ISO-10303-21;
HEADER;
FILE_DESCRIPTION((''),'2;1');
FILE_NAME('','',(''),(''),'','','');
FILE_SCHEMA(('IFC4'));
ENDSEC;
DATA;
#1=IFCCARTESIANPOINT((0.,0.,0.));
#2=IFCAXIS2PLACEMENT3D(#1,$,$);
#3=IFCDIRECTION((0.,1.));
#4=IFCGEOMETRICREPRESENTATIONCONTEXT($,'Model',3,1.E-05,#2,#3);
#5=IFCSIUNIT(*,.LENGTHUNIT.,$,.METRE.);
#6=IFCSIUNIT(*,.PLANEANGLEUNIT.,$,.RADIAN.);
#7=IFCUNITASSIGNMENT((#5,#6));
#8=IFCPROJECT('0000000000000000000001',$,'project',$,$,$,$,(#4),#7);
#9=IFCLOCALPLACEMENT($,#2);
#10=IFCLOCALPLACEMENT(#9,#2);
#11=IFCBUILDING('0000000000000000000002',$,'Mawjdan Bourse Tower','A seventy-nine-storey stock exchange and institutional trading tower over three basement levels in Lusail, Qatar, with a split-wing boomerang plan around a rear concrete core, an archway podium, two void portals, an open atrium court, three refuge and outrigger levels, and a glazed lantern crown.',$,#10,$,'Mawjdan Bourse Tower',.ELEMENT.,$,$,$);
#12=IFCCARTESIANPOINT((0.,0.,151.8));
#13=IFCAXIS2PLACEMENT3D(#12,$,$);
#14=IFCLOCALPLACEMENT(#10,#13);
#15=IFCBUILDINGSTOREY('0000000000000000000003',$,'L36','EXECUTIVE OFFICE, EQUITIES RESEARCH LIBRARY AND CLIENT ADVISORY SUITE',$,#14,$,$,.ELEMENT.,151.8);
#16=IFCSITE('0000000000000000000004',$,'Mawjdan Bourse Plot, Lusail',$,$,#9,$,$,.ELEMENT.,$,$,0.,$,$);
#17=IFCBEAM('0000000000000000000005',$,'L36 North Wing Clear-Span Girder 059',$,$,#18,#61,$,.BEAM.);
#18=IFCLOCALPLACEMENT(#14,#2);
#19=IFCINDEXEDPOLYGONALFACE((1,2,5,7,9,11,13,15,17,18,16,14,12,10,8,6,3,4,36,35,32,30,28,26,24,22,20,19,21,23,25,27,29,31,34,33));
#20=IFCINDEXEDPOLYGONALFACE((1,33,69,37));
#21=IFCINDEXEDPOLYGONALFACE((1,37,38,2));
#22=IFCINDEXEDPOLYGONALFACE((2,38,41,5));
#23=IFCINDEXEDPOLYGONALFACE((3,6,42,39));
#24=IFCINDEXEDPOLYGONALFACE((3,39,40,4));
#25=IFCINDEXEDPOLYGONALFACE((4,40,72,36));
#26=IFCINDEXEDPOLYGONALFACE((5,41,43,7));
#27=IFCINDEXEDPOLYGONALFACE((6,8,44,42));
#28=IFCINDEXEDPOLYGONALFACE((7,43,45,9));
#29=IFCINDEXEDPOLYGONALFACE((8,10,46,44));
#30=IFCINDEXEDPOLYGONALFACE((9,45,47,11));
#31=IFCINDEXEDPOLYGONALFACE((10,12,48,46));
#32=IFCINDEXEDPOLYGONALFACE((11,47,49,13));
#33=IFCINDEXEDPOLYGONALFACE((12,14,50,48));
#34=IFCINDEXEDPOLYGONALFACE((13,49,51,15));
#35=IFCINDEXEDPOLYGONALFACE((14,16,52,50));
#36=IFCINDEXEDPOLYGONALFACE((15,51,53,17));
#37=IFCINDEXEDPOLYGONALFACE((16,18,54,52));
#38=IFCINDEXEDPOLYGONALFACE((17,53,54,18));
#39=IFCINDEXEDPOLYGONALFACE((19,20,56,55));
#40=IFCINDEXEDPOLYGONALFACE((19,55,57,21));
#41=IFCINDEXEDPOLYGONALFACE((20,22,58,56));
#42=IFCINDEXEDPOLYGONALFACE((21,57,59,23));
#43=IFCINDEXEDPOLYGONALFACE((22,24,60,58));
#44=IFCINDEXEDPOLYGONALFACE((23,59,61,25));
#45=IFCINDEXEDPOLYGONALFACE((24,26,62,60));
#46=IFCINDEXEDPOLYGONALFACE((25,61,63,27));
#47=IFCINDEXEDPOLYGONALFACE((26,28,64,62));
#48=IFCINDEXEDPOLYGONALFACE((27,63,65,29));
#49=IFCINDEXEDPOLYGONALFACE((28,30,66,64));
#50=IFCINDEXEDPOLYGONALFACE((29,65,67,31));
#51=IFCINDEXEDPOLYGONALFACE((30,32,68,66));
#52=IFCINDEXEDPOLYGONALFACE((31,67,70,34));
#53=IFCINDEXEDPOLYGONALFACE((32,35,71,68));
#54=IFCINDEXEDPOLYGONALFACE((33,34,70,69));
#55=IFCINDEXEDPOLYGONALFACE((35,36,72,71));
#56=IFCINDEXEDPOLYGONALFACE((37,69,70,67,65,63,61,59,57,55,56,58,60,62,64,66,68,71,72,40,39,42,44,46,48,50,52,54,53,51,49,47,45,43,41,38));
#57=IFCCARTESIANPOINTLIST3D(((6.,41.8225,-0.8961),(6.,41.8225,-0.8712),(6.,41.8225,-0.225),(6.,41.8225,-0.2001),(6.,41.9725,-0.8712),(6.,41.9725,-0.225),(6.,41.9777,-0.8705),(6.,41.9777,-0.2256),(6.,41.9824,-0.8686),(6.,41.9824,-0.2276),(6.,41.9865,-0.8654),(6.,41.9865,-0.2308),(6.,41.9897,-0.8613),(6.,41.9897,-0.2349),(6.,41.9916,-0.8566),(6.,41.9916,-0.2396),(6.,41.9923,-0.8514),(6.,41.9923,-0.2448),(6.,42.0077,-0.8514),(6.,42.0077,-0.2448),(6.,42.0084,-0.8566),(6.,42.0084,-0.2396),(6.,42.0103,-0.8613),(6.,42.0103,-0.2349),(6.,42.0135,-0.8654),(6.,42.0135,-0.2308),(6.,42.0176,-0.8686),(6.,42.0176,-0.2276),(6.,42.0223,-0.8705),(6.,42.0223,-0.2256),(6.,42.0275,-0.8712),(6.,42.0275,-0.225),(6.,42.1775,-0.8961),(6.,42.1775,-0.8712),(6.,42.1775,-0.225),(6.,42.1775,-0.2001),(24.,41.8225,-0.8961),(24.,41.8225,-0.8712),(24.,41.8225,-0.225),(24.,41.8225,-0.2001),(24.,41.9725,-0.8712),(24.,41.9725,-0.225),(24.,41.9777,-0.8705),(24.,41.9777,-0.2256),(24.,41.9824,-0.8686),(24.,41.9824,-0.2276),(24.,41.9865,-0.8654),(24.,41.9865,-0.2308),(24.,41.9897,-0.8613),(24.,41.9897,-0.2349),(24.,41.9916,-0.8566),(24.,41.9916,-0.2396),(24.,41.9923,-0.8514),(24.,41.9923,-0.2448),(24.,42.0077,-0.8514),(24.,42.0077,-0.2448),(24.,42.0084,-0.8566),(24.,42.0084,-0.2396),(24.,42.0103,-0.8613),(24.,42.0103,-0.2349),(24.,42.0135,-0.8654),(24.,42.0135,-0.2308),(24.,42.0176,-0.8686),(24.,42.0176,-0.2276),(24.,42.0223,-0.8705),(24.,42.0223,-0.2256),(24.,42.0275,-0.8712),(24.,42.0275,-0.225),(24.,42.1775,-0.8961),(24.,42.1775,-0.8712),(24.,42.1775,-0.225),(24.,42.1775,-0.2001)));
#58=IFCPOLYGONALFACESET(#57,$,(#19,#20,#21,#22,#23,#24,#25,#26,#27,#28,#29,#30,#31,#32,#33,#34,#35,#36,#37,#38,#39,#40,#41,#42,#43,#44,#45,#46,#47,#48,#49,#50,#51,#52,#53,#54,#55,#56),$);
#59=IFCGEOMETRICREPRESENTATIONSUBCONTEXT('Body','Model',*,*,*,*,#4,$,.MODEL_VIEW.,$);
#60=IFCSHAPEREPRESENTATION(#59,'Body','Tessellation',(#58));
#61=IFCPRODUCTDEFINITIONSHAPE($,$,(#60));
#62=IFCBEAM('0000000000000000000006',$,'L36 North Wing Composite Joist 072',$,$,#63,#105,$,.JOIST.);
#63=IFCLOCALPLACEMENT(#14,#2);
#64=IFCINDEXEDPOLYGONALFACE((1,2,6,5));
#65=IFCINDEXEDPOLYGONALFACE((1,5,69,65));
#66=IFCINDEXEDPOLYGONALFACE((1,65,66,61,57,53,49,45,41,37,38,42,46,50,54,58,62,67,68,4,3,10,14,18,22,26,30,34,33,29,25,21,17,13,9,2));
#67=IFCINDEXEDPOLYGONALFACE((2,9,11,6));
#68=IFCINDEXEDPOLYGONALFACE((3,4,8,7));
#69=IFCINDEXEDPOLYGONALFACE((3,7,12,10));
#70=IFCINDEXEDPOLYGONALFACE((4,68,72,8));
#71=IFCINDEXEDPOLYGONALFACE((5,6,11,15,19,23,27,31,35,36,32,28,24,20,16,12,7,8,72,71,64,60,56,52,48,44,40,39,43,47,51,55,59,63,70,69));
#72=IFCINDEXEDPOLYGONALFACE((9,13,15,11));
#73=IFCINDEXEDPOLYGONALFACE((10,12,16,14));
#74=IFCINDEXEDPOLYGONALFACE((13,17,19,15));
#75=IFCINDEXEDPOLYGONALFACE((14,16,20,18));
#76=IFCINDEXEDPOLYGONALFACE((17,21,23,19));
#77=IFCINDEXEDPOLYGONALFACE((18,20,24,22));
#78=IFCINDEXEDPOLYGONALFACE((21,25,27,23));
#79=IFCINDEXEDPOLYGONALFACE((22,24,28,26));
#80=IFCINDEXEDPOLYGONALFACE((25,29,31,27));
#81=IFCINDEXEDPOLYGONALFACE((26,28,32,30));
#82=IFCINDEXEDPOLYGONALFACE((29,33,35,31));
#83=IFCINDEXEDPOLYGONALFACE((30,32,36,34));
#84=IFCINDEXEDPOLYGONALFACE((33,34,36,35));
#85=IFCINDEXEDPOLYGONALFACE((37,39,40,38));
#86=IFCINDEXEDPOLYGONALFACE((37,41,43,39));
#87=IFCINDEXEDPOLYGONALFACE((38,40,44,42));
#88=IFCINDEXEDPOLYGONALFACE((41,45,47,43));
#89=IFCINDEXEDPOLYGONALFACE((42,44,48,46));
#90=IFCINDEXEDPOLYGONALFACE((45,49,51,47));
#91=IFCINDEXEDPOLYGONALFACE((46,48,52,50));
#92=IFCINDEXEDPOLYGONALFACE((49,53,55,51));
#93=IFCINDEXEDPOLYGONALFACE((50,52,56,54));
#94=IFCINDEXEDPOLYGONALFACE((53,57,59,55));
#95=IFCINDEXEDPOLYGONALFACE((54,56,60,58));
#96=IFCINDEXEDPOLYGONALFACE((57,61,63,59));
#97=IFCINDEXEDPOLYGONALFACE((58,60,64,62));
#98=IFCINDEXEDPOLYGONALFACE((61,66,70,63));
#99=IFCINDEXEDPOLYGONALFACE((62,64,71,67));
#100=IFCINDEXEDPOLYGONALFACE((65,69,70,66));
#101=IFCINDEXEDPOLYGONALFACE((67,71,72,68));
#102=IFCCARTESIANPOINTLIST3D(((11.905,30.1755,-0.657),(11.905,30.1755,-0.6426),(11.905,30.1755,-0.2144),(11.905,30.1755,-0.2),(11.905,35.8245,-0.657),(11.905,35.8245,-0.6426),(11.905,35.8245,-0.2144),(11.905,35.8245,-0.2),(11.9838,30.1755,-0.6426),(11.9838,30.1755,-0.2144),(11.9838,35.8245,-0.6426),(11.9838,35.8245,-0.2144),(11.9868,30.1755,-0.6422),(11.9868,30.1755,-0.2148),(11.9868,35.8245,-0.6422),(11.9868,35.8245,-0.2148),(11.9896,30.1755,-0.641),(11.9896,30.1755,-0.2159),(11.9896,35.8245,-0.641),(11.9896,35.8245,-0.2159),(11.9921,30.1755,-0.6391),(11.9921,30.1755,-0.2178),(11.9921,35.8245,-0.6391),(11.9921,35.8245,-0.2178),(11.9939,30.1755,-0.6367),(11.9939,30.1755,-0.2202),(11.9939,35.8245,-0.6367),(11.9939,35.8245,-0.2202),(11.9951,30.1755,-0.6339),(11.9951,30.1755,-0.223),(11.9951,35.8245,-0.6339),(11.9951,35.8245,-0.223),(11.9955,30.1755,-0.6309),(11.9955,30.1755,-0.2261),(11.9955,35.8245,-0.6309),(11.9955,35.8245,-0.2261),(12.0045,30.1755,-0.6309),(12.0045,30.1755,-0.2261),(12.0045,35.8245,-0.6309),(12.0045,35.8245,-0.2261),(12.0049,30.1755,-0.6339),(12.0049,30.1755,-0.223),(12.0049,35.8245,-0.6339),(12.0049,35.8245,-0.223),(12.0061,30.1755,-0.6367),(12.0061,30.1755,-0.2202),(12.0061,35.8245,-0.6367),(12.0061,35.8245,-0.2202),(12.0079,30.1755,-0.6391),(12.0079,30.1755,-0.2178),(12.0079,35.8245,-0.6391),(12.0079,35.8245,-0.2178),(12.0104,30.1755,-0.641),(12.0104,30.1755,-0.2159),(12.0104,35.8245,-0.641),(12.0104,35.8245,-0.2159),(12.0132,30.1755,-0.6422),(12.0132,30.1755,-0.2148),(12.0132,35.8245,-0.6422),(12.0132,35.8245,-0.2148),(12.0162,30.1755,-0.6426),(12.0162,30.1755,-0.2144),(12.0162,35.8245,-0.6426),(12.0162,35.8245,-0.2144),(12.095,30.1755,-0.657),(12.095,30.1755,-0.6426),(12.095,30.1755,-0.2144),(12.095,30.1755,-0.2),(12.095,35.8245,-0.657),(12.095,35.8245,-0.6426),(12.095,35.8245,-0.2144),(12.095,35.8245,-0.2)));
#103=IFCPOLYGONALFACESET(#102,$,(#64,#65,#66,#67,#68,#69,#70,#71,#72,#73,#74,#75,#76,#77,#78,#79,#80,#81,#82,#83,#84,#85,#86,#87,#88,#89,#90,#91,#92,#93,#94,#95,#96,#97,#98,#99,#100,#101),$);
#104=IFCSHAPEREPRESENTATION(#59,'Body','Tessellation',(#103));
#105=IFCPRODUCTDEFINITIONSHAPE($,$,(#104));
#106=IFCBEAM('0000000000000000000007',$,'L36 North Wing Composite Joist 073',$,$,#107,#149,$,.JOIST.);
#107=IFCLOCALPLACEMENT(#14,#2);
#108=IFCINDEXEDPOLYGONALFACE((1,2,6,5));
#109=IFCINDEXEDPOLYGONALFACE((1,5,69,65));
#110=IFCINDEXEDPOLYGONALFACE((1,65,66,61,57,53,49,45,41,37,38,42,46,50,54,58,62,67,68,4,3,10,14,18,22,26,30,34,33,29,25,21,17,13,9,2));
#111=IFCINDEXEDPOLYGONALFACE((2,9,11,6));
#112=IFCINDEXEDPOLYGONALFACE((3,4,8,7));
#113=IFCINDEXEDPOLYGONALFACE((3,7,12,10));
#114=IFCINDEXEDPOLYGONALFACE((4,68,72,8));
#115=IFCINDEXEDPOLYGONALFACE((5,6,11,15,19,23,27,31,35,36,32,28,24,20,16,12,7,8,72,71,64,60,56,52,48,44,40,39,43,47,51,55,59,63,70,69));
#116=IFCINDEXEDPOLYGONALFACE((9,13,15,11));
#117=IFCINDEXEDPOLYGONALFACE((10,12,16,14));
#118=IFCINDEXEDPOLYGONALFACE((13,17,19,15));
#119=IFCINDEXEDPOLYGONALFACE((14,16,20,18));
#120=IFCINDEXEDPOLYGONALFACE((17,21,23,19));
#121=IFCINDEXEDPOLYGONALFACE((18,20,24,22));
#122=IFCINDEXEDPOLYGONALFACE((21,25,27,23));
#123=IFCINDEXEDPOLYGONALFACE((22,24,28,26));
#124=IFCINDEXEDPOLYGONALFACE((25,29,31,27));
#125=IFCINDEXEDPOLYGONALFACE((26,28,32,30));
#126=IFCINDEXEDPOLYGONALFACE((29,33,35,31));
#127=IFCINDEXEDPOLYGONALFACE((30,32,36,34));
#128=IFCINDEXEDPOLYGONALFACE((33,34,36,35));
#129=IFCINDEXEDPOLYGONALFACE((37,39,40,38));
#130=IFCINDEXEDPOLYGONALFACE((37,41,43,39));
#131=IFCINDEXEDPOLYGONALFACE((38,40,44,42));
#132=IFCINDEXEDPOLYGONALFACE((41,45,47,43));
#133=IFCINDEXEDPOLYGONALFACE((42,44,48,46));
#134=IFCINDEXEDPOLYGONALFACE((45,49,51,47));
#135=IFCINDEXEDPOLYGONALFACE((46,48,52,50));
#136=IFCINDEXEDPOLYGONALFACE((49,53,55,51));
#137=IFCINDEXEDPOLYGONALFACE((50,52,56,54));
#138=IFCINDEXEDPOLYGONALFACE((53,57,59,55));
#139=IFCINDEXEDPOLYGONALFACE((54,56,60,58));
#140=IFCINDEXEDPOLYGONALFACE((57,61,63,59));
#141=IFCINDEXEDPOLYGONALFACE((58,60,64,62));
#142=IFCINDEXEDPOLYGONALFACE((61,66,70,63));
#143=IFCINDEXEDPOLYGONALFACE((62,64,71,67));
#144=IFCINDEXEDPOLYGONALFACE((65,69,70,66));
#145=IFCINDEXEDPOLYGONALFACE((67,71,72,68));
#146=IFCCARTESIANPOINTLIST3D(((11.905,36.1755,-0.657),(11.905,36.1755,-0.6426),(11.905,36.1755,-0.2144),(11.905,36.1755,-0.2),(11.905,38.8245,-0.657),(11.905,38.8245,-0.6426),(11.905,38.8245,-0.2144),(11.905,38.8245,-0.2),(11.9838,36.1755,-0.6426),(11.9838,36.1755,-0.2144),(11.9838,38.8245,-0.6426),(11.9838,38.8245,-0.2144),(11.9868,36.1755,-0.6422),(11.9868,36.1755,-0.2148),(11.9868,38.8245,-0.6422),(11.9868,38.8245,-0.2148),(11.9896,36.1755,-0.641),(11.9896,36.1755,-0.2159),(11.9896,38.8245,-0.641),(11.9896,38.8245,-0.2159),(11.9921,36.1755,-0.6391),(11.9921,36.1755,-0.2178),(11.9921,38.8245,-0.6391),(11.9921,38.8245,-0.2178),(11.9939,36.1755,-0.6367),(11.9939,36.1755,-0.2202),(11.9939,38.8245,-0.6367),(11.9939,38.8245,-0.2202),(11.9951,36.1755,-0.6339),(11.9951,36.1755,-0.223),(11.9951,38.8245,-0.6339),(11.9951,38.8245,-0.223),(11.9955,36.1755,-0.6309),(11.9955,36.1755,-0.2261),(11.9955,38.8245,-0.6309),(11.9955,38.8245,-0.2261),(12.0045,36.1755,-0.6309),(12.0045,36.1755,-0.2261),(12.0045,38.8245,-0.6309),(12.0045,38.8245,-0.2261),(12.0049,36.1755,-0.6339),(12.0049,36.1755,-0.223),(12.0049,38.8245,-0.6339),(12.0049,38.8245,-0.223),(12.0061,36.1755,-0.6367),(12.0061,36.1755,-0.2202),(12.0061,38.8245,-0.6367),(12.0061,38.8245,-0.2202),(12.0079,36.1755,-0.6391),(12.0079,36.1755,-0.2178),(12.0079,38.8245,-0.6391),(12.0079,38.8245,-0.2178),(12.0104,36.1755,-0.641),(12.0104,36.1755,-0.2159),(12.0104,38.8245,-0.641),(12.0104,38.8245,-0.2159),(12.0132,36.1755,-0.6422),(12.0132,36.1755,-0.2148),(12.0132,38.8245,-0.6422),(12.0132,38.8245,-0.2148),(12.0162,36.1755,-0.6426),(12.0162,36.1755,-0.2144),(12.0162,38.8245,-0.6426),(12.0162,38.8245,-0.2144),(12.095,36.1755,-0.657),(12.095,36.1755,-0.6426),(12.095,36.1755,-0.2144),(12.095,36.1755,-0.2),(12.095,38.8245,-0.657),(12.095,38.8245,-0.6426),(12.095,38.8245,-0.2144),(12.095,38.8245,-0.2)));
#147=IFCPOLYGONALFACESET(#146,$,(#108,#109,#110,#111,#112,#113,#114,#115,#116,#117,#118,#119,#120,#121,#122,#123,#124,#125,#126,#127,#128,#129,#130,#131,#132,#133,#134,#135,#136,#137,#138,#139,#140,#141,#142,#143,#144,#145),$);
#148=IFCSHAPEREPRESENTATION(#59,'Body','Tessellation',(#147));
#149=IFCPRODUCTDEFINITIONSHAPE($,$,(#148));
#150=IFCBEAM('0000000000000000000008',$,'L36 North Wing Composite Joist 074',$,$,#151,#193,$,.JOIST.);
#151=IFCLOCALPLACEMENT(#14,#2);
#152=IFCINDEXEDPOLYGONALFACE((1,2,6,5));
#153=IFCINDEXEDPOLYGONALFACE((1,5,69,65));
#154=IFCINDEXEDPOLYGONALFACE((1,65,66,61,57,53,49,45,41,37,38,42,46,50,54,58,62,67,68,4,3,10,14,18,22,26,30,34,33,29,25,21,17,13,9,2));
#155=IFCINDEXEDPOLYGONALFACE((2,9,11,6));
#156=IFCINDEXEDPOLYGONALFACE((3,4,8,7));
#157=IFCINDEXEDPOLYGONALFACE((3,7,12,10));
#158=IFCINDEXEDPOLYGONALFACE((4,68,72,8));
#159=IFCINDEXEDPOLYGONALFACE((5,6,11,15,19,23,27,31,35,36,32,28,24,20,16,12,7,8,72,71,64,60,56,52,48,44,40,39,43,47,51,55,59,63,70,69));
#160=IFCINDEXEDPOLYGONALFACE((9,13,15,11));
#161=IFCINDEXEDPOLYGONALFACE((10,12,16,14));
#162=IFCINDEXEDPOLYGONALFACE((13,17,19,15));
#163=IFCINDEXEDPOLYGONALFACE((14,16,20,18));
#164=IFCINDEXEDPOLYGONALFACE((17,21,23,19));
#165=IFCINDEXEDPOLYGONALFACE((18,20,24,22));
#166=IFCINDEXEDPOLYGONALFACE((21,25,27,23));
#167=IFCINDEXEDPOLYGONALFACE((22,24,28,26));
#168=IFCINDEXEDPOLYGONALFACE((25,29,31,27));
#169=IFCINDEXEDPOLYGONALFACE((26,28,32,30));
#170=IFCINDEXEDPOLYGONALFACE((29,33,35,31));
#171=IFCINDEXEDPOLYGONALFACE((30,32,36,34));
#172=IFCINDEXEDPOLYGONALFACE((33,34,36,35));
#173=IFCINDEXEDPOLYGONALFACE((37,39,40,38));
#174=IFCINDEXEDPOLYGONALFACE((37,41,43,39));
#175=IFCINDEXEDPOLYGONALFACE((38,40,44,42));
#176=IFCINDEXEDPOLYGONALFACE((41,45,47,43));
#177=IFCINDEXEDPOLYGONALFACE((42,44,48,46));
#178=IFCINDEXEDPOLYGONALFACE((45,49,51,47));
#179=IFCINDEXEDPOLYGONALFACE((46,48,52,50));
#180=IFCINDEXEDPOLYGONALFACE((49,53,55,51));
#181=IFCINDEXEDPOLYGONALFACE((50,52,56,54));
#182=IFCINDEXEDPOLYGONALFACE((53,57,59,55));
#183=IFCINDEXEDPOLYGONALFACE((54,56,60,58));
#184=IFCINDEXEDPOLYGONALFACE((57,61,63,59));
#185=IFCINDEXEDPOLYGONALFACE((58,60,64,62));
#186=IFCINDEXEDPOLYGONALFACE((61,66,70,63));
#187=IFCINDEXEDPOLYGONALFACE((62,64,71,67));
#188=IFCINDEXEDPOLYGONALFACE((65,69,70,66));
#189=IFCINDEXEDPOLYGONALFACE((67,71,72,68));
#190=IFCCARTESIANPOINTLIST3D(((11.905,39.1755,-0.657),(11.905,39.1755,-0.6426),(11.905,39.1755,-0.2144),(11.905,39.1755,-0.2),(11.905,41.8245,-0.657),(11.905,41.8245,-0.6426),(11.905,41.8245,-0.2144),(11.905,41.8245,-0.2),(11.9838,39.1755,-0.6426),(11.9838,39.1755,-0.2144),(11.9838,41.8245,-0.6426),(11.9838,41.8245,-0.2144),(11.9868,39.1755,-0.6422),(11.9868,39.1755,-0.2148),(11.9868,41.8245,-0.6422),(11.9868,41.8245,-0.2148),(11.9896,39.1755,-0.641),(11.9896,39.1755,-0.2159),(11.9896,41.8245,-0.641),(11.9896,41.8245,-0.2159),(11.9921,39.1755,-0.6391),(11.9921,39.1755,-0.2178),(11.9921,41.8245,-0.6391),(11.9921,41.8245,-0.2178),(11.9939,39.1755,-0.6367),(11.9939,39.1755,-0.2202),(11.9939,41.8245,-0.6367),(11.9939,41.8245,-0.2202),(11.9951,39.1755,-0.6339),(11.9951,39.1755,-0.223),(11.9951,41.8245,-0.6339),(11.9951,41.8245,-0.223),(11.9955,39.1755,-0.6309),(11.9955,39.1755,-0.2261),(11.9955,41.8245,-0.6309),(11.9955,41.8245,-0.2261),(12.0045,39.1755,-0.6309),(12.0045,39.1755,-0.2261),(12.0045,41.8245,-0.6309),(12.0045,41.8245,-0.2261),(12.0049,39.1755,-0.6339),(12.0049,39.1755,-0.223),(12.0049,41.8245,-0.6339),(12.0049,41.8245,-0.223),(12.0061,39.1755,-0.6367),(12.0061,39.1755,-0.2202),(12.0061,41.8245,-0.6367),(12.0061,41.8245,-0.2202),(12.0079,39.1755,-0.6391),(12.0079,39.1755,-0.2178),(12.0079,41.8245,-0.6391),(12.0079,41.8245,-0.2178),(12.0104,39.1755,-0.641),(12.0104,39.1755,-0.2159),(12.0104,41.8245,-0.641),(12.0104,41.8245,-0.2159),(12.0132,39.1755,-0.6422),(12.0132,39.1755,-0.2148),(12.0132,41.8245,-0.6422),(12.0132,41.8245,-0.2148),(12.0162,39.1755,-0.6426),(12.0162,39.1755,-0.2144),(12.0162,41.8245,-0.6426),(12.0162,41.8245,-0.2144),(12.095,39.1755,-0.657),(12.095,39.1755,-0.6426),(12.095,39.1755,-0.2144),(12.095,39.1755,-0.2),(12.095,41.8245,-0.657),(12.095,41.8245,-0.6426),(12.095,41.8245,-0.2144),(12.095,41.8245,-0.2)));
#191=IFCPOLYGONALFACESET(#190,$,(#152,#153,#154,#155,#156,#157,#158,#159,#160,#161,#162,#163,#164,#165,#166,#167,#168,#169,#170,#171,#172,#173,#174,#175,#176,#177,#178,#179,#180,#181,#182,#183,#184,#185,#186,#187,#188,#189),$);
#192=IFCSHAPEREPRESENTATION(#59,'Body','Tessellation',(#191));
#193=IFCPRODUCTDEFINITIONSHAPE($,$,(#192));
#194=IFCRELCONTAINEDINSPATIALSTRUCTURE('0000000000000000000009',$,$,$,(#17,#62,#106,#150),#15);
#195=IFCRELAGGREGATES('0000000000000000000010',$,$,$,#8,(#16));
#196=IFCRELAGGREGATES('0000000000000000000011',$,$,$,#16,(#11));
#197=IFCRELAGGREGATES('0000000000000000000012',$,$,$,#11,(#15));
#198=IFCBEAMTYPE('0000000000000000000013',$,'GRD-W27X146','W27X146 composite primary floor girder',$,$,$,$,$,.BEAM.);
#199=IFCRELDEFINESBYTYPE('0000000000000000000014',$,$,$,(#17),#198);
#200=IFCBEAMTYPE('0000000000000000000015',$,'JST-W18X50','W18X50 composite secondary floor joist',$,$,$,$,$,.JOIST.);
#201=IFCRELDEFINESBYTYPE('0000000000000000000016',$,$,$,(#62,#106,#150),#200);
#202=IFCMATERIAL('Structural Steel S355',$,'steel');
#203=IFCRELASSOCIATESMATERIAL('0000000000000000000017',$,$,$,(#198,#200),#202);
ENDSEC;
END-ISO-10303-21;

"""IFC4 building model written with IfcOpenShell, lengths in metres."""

from ifc_helpers import new_model, si_unit, direction, frame, origin, origin_2d, place, context, subcontext, project, spatial, i_section, extrude, material, material_profile, profile_set, type_object, element, save


model = new_model("IFC4")

# Units and contexts
model_context = context("Model", 3, precision=1e-05, world=origin(), true_north=direction((0.0, 1.0)))
body_context = subcontext(model_context, "Body", "Model", "MODEL_VIEW")
ifc_project = project(units=[si_unit("LENGTHUNIT", "METRE"), si_unit("PLANEANGLEUNIT", "RADIAN")], contexts=[model_context])

# Site, building, storey
site_placement = place(None, origin())
site = spatial("IfcSite", under=ifc_project, at=site_placement, Name="Mawjdan Bourse Plot, Lusail", CompositionType="ELEMENT", RefElevation=0.0)
building_placement = place(site_placement, origin())
building = spatial("IfcBuilding", under=site, at=building_placement, Name="Mawjdan Bourse Tower", Description="A seventy-nine-storey stock exchange and institutional trading tower over three basement levels in Lusail, Qatar, with a split-wing boomerang plan around a rear concrete core, an archway podium, two void portals, an open atrium court, three refuge and outrigger levels, and a glazed lantern crown.", LongName="Mawjdan Bourse Tower", CompositionType="ELEMENT")
storey_placement = place(building_placement, frame((0.0, 0.0, 151.8)))
storey = spatial("IfcBuildingStorey", under=building, at=storey_placement, Name="L36", Description="EXECUTIVE OFFICE, EQUITIES RESEARCH LIBRARY AND CLIENT ADVISORY SUITE", CompositionType="ELEMENT", Elevation=151.8)

# Beams
ifc_material_1 = material(Name="Structural Steel S355", Category="steel")
ifc_material_profile_1 = material_profile(ifc_material_1, i_section(OverallWidth=0.355, OverallDepth=0.696, WebThickness=0.0154, FlangeThickness=0.0249, FilletRadius=0.0198, at=origin_2d()), Name="W27X146")
ifc_profile_set_1 = profile_set([ifc_material_profile_1], Name="Structural Steel S355")
beam_type_1 = type_object("IfcBeamType", Name="GRD-W27X146", Description="W27X146 composite primary floor girder", PredefinedType="BEAM", material=ifc_profile_set_1)
for number, where, z_axis, x_axis, name in (
    (1, (6.0, 42.0, -0.5481), (1.0, 0.0, 0.0), (0.0, 1.0, 0.0), "L36 North Wing Clear-Span Girder 059"),
):
    element("IfcBeam", number, at=place(storey_placement, frame(where, z_axis=z_axis, x_axis=x_axis)), inside=storey, type_object=beam_type_1, Name=name, PredefinedType="BEAM", context=body_context, shape_type="SweptSolid", body=[
        extrude(i_section(OverallWidth=0.355, OverallDepth=0.696, WebThickness=0.0154, FlangeThickness=0.0249, FilletRadius=0.0198, at=origin_2d()), origin(), (0.0, 0.0, 1.0), 18.0),
    ])
ifc_material_profile_2 = material_profile(ifc_material_1, i_section(OverallWidth=0.1899, OverallDepth=0.457, WebThickness=0.009, FlangeThickness=0.0144, FilletRadius=0.0117, at=origin_2d()), Name="W18X50")
ifc_profile_set_2 = profile_set([ifc_material_profile_2], Name="Structural Steel S355")
beam_type_2 = type_object("IfcBeamType", Name="JST-W18X50", Description="W18X50 composite secondary floor joist", PredefinedType="JOIST", material=ifc_profile_set_2)
beam_1_placement = place(storey_placement, frame((12.0, 30.1755, -0.4285), z_axis=(0.0, 1.0, 0.0), x_axis=(-1.0, 0.0, 0.0)))
element("IfcBeam", 2, at=beam_1_placement, inside=storey, type_object=beam_type_2, Name="L36 North Wing Composite Joist 072", PredefinedType="JOIST", context=body_context, shape_type="SweptSolid", body=[
    extrude(i_section(OverallWidth=0.1899, OverallDepth=0.457, WebThickness=0.009, FlangeThickness=0.0144, FilletRadius=0.0117, at=origin_2d()), origin(), (0.0, 0.0, 1.0), 5.6489),
])
for number, where, z_axis, x_axis, name in (
    (3, (12.0, 36.1755, -0.4285), (0.0, 1.0, 0.0), (-1.0, 0.0, 0.0), "L36 North Wing Composite Joist 073"),
    (4, (12.0, 39.1755, -0.4285), (0.0, 1.0, 0.0), (-1.0, 0.0, 0.0), "L36 North Wing Composite Joist 074"),
):
    element("IfcBeam", number, at=place(storey_placement, frame(where, z_axis=z_axis, x_axis=x_axis)), inside=storey, type_object=beam_type_2, Name=name, PredefinedType="JOIST", context=body_context, shape_type="SweptSolid", body=[
        extrude(i_section(OverallWidth=0.1899, OverallDepth=0.457, WebThickness=0.009, FlangeThickness=0.0144, FilletRadius=0.0117, at=origin_2d()), origin(), (0.0, 0.0, 1.0), 2.6489),
    ])

save(model, "model.ifc")
